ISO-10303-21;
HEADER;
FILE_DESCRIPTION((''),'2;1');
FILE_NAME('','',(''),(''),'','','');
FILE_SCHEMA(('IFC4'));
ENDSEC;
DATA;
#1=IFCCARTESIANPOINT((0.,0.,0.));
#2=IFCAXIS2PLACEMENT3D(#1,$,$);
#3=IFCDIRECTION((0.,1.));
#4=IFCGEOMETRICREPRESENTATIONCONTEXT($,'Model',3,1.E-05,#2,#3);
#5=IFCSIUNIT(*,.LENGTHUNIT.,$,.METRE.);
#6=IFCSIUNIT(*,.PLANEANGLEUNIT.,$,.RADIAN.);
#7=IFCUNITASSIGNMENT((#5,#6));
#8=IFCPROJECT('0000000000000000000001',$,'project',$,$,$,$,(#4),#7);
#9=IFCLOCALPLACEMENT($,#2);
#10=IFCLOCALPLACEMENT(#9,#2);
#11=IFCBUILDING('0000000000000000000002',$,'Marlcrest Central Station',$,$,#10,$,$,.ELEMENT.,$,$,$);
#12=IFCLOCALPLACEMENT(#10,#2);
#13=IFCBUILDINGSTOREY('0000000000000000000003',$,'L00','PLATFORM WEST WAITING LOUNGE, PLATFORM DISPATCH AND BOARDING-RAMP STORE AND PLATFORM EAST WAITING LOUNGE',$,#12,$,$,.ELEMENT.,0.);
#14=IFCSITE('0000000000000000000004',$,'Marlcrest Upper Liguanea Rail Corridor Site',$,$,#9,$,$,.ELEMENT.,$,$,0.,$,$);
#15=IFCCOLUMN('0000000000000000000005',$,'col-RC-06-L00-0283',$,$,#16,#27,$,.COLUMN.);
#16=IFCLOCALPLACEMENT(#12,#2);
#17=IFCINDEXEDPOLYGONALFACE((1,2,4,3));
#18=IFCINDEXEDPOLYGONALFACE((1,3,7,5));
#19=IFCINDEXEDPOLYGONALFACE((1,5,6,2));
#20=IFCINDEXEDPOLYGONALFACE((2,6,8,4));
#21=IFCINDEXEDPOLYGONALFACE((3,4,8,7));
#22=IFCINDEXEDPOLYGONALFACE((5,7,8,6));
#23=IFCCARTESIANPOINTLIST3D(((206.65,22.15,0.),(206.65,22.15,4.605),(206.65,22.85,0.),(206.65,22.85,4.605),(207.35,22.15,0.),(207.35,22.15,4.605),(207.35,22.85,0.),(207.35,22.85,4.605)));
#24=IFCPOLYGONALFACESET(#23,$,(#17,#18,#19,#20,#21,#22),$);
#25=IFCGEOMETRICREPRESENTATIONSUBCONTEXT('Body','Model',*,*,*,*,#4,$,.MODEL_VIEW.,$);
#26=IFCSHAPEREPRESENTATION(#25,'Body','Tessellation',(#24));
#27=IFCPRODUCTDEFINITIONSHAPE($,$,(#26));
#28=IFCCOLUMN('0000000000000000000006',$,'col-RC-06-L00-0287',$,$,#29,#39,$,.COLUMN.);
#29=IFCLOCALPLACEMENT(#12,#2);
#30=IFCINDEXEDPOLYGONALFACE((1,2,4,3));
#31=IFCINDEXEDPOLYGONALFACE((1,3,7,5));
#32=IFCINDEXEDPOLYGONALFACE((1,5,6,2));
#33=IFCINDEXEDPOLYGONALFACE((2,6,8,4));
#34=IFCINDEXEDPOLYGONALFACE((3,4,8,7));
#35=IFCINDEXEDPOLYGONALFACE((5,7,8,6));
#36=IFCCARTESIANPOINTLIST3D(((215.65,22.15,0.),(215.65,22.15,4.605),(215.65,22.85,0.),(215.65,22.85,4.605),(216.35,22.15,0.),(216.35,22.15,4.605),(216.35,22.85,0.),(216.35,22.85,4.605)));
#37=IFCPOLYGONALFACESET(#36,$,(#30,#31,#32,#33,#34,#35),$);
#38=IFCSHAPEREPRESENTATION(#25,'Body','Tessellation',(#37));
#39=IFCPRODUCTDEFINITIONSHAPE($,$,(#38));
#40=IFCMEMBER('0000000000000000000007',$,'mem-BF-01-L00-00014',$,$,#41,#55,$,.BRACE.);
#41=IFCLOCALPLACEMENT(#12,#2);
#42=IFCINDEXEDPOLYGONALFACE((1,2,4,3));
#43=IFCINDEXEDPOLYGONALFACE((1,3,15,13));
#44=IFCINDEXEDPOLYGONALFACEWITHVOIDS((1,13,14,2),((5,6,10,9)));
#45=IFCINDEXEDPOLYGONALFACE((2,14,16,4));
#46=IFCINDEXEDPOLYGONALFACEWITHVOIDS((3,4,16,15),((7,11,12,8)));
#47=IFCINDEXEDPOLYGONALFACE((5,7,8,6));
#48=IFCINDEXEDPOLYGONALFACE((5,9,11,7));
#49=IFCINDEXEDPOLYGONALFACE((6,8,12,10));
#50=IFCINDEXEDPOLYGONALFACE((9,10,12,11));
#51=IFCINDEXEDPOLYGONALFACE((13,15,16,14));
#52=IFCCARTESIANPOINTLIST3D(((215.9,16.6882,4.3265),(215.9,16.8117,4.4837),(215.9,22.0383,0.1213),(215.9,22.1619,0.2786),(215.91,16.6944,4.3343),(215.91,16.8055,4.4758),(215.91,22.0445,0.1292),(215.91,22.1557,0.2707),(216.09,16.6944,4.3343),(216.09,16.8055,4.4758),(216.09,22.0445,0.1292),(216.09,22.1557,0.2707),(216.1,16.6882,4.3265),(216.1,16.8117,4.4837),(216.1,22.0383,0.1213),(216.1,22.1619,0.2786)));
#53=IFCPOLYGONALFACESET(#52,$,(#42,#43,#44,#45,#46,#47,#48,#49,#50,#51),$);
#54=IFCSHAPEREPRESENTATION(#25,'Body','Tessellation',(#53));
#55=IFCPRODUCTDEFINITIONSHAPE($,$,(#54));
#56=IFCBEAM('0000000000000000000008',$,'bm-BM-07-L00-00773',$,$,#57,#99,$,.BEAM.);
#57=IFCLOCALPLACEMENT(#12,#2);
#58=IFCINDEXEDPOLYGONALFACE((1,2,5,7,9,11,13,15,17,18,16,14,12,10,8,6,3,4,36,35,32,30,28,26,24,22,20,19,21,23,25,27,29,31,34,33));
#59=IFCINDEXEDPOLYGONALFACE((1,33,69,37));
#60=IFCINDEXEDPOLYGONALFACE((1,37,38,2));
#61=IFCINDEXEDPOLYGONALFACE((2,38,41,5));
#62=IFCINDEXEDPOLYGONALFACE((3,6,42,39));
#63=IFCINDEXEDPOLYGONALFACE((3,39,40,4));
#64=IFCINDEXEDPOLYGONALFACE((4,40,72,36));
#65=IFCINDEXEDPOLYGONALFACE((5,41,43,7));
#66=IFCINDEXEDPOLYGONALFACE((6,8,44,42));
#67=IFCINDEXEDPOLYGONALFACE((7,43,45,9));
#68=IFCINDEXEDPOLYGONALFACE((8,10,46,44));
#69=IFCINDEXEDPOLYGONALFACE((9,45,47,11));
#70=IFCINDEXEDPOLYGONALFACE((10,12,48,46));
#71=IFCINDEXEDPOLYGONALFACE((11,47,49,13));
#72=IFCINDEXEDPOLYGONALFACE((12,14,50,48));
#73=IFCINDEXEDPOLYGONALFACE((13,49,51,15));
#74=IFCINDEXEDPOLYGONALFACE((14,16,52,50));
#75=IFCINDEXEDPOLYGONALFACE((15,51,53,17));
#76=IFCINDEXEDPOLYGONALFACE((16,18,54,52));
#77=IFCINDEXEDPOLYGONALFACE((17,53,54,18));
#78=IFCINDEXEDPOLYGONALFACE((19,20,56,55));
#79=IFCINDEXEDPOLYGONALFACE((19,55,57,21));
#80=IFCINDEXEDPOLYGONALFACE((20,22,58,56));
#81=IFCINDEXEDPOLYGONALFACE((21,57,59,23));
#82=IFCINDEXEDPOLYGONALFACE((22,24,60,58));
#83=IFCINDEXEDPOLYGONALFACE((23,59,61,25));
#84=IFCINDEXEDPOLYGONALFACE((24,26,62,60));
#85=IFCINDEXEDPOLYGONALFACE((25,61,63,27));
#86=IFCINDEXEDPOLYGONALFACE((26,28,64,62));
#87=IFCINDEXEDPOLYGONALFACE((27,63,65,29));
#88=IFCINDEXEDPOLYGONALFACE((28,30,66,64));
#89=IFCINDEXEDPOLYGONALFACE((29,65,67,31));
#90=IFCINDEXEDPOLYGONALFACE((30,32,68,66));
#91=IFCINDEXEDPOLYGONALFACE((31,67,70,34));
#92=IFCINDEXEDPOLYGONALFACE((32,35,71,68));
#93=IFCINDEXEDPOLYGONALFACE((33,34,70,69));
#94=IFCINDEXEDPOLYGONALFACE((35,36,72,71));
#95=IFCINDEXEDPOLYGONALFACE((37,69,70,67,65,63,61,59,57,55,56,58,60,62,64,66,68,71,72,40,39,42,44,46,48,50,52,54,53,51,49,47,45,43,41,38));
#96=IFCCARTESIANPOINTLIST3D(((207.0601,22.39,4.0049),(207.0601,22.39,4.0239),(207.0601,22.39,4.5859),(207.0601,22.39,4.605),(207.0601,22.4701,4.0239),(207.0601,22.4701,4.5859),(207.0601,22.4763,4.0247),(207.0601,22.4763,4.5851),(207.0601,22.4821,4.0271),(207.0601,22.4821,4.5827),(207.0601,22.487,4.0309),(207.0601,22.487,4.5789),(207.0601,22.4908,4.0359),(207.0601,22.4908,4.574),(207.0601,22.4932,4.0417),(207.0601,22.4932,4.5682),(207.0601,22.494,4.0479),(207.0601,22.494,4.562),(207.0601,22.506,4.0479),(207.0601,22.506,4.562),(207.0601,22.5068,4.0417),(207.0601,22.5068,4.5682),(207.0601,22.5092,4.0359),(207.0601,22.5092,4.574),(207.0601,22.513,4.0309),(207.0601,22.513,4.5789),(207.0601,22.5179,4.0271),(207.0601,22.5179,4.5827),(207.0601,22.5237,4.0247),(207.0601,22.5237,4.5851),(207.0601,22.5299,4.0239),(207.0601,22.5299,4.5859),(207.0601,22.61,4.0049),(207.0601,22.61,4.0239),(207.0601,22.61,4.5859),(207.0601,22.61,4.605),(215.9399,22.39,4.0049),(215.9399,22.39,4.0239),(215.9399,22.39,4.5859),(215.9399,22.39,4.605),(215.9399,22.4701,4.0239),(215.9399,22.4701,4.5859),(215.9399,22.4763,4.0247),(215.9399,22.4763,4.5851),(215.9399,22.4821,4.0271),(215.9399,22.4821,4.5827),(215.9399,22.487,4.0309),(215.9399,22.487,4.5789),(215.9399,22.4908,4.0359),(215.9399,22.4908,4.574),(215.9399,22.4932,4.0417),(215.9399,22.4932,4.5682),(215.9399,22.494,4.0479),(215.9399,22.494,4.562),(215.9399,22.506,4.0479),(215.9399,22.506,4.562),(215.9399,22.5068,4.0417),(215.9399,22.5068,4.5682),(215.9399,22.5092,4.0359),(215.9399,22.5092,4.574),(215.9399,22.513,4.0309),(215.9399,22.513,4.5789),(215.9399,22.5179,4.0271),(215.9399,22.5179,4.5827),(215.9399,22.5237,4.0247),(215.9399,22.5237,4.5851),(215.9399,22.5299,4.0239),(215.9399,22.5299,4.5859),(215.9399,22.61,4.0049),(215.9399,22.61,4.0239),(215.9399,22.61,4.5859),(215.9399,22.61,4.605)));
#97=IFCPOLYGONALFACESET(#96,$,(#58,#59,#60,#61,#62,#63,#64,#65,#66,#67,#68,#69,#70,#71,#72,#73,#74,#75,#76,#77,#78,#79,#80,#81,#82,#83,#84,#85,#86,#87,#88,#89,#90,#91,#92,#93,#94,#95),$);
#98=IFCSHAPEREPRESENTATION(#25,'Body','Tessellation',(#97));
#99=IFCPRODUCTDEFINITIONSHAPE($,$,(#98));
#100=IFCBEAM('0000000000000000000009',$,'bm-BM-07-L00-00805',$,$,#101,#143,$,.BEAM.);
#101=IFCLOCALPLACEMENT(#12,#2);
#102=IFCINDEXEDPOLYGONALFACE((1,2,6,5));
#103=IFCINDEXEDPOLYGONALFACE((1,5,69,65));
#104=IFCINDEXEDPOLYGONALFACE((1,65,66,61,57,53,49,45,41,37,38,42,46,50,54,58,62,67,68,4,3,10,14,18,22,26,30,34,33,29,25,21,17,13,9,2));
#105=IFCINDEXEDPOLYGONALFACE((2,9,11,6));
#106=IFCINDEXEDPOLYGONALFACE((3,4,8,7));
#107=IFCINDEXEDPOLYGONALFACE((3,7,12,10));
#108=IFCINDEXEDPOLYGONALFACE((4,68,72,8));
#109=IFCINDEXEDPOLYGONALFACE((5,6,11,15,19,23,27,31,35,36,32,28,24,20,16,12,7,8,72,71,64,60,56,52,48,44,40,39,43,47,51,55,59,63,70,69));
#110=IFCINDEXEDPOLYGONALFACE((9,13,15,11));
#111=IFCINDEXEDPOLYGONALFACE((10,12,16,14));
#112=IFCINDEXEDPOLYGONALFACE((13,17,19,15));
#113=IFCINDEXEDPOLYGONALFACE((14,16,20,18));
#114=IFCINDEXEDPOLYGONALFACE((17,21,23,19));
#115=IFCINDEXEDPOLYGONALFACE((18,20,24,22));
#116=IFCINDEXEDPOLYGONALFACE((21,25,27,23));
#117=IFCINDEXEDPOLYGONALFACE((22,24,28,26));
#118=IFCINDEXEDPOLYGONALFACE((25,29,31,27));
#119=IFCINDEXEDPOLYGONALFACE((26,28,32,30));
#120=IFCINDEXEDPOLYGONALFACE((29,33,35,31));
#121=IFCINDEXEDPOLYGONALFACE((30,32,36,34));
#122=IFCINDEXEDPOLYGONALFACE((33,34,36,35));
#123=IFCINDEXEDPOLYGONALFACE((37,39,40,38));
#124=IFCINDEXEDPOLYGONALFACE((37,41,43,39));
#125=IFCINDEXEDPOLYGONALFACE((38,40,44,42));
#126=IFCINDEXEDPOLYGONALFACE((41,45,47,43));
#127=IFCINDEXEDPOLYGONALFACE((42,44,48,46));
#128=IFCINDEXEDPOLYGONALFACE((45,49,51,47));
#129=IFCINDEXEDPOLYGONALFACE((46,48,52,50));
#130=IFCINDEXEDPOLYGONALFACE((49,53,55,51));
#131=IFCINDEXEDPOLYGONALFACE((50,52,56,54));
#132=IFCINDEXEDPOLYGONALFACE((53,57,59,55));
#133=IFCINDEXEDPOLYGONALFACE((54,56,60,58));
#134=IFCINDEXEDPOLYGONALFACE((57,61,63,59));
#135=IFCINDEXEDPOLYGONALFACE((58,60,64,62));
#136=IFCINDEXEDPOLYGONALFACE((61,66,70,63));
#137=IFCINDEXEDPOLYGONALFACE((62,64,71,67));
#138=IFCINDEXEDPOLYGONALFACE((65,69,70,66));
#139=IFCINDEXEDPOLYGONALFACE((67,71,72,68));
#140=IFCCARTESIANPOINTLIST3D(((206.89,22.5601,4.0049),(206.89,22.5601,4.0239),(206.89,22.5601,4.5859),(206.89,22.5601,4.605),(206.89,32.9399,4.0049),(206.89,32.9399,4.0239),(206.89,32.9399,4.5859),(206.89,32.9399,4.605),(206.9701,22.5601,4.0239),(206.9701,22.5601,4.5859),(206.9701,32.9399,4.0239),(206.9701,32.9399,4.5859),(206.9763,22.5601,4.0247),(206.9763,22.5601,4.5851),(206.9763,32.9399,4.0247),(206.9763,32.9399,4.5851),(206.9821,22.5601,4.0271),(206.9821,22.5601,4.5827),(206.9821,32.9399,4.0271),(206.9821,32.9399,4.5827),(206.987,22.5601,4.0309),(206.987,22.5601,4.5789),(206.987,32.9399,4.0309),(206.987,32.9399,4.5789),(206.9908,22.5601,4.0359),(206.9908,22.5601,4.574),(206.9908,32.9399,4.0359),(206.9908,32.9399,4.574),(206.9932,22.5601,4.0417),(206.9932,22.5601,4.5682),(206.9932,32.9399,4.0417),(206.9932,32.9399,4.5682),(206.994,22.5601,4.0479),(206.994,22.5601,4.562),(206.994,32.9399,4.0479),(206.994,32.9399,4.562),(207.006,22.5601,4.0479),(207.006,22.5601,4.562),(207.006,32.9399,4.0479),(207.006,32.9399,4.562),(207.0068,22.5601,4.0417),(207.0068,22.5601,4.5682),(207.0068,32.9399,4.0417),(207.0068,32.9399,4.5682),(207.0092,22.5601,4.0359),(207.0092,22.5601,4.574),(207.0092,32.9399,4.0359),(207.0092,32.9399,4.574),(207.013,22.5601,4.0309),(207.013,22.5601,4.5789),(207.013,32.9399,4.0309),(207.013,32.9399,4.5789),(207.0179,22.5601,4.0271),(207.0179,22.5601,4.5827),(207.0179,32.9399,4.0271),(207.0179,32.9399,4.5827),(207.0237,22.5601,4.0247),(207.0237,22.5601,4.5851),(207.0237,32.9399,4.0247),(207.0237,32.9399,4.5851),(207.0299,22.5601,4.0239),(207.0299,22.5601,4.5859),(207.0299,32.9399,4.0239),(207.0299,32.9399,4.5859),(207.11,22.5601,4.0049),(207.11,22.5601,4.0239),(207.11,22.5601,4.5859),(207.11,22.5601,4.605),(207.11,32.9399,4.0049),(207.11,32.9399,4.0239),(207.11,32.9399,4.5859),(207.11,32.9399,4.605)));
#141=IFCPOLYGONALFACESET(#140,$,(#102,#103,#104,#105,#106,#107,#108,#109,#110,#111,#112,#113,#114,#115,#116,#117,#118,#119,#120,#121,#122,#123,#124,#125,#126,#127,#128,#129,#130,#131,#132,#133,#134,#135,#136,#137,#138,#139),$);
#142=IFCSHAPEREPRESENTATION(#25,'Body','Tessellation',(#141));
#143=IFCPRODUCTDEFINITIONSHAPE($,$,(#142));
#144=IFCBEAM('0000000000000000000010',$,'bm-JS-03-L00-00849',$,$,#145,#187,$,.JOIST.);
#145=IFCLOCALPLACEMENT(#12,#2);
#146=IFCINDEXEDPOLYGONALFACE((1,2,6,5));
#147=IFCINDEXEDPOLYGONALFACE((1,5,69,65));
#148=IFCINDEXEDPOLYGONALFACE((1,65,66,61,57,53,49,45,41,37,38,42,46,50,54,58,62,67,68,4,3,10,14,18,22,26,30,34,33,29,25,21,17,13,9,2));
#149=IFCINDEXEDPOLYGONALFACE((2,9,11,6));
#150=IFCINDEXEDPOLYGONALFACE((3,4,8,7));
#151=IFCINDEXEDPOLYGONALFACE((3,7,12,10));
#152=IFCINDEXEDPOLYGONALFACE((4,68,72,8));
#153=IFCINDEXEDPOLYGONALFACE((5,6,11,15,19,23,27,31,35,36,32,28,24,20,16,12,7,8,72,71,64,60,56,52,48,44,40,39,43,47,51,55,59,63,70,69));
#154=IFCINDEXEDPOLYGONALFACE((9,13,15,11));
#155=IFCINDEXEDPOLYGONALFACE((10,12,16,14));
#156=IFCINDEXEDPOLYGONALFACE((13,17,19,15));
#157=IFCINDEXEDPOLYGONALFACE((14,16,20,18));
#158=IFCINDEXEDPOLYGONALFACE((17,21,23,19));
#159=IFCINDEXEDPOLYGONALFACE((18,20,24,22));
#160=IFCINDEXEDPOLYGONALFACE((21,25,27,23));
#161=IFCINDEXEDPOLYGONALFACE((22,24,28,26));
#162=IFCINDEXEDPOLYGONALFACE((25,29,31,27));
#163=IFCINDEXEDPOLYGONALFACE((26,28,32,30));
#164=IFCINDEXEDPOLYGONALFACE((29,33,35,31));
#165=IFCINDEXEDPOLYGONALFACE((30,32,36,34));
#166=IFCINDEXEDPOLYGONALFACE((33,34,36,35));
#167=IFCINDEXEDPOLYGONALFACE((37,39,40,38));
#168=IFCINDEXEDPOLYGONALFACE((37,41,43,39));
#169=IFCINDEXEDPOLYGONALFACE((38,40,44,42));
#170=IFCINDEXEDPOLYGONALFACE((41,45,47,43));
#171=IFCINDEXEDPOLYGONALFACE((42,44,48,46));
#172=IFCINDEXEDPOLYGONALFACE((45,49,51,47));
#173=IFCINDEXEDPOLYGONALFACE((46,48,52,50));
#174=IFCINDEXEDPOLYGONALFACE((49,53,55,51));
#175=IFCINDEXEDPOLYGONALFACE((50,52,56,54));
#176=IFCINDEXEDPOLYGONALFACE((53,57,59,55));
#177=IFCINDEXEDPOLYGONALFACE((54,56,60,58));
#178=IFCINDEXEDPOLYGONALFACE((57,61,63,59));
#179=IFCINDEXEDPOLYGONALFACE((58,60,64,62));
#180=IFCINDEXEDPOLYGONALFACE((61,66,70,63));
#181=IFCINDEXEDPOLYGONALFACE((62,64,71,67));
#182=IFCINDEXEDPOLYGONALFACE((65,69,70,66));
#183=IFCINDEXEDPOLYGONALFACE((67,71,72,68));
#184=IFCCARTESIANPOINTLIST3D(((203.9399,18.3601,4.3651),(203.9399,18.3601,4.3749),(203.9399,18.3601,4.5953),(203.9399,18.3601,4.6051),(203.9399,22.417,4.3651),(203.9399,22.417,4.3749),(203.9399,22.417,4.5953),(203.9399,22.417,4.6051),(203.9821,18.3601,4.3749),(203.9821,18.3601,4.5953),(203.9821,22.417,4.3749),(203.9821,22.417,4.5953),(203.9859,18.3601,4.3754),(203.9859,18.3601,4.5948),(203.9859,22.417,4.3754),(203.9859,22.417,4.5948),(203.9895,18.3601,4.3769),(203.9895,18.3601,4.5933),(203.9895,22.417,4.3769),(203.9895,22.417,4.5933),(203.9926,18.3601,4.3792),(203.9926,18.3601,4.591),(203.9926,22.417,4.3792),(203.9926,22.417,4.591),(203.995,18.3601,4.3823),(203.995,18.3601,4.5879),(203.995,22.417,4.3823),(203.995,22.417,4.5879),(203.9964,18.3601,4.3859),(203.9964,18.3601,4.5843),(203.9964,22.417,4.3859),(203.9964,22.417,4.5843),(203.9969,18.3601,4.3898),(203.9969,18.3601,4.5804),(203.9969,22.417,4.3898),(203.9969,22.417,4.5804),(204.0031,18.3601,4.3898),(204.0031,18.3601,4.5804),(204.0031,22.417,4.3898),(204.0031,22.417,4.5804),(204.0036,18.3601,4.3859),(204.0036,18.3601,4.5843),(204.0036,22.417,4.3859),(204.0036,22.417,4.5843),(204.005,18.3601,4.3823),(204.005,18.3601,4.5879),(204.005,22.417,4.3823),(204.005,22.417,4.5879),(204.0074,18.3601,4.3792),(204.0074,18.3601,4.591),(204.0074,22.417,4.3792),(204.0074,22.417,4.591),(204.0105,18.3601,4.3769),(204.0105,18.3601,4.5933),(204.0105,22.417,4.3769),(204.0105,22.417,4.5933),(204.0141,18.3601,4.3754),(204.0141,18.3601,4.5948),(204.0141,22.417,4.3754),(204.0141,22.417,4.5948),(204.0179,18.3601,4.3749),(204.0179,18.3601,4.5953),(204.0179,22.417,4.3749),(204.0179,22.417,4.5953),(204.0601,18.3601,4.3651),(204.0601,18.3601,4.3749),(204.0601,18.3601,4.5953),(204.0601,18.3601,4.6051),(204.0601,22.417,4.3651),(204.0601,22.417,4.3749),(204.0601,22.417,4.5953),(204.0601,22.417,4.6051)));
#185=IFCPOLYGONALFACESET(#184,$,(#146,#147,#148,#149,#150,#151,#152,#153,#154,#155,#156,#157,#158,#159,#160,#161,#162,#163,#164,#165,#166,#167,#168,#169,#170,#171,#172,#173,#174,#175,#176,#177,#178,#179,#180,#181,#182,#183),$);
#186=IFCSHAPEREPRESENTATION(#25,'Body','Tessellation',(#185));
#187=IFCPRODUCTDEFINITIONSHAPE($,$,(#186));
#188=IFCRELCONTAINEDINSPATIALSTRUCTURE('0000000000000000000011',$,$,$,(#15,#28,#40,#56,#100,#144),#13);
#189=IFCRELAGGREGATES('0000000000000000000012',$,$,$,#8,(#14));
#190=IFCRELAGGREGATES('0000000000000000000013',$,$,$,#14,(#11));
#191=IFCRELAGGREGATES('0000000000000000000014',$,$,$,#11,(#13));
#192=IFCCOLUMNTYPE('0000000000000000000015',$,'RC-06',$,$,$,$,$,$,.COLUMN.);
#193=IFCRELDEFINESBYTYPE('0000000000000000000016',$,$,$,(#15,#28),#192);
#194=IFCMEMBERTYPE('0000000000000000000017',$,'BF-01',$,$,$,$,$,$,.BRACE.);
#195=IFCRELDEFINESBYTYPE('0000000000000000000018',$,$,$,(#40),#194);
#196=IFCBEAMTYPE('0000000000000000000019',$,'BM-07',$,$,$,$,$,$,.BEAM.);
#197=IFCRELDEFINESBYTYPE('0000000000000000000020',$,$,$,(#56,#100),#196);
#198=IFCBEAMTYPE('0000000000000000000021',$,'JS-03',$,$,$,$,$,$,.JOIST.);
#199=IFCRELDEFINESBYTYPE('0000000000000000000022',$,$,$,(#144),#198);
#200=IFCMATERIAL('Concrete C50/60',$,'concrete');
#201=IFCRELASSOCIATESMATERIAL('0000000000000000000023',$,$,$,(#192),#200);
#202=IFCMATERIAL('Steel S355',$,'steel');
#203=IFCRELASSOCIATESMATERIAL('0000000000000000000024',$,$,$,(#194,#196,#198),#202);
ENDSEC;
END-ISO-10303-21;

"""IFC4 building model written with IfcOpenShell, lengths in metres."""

from ifc_helpers import new_model, si_unit, direction, frame, origin, origin_2d, place, context, subcontext, project, spatial, rectangle, hollow_rectangle, i_section, extrude, material, material_profile, profile_set, type_object, element, save


model = new_model("IFC4")

# Units and contexts
model_context = context("Model", 3, precision=1e-05, world=origin(), true_north=direction((0.0, 1.0)))
body_context = subcontext(model_context, "Body", "Model", "MODEL_VIEW")
ifc_project = project(units=[si_unit("LENGTHUNIT", "METRE"), si_unit("PLANEANGLEUNIT", "RADIAN")], contexts=[model_context])

# Site, building, storey
site_placement = place(None, origin())
site = spatial("IfcSite", under=ifc_project, at=site_placement, Name="Marlcrest Upper Liguanea Rail Corridor Site", CompositionType="ELEMENT", RefElevation=0.0)
building_placement = place(site_placement, origin())
building = spatial("IfcBuilding", under=site, at=building_placement, Name="Marlcrest Central Station", CompositionType="ELEMENT")
storey_placement = place(building_placement, origin())
storey = spatial("IfcBuildingStorey", under=building, at=storey_placement, Name="L00", Description="PLATFORM WEST WAITING LOUNGE, PLATFORM DISPATCH AND BOARDING-RAMP STORE AND PLATFORM EAST WAITING LOUNGE", CompositionType="ELEMENT", Elevation=0.0)

# Columns
ifc_material_1 = material(Name="Concrete C50/60", Category="concrete")
ifc_material_profile_1 = material_profile(ifc_material_1, rectangle(XDim=0.7, YDim=0.7, at=origin_2d()), Name="RC 700x700")
ifc_profile_set_1 = profile_set([ifc_material_profile_1], Name="Concrete C50/60")
column_type = type_object("IfcColumnType", Name="RC-06", PredefinedType="COLUMN", material=ifc_profile_set_1)
for number, where, z_axis, x_axis, name in (
    (1, (207.0, 22.5, 0.0), (0.0, 0.0, 1.0), (1.0, 0.0, 0.0), "col-RC-06-L00-0283"),
    (2, (216.0, 22.5, 0.0), (0.0, 0.0, 1.0), (1.0, 0.0, 0.0), "col-RC-06-L00-0287"),
):
    element("IfcColumn", number, at=place(storey_placement, frame(where, z_axis=z_axis, x_axis=x_axis)), inside=storey, type_object=column_type, Name=name, PredefinedType="COLUMN", context=body_context, shape_type="SweptSolid", body=[
        extrude(rectangle(XDim=0.7, YDim=0.7, at=origin_2d()), origin(), (0.0, 0.0, 1.0), 4.605),
    ])

# Member
ifc_material_2 = material(Name="Steel S355", Category="steel")
ifc_material_profile_2 = material_profile(ifc_material_2, hollow_rectangle(XDim=0.2, YDim=0.2, WallThickness=0.01, at=origin_2d()), Name="SHS 200x200x10")
ifc_profile_set_2 = profile_set([ifc_material_profile_2], Name="Steel S355")
member_type = type_object("IfcMemberType", Name="BF-01", PredefinedType="BRACE", material=ifc_profile_set_2)
member_placement = place(storey_placement, frame((216.0, 22.1001, 0.2), z_axis=(0.0, -0.786216, 0.617951), x_axis=(1.0, 0.0, 0.0)))
element("IfcMember", 3, at=member_placement, inside=storey, type_object=member_type, Name="mem-BF-01-L00-00014", PredefinedType="BRACE", context=body_context, shape_type="SweptSolid", body=[
    extrude(hollow_rectangle(XDim=0.2, YDim=0.2, WallThickness=0.01, at=origin_2d()), origin(), (0.0, 0.0, 1.0), 6.8049),
])

# Beams
ifc_material_profile_3 = material_profile(ifc_material_2, i_section(OverallWidth=0.22, OverallDepth=0.6001, WebThickness=0.012, FlangeThickness=0.019, FilletRadius=0.0239, at=origin_2d()), Name="IPE 600")
ifc_profile_set_3 = profile_set([ifc_material_profile_3], Name="Steel S355")
beam_type_1 = type_object("IfcBeamType", Name="BM-07", PredefinedType="BEAM", material=ifc_profile_set_3)
beam_1_placement = place(storey_placement, frame((207.0601, 22.5, 4.3049), z_axis=(1.0, 0.0, 0.0), x_axis=(0.0, 1.0, 0.0)))
element("IfcBeam", 4, at=beam_1_placement, inside=storey, type_object=beam_type_1, Name="bm-BM-07-L00-00773", PredefinedType="BEAM", context=body_context, shape_type="SweptSolid", body=[
    extrude(i_section(OverallWidth=0.22, OverallDepth=0.6001, WebThickness=0.012, FlangeThickness=0.019, FilletRadius=0.0239, at=origin_2d()), origin(), (0.0, 0.0, 1.0), 8.8799),
])
beam_2_placement = place(storey_placement, frame((207.0, 22.5601, 4.3049), z_axis=(0.0, 1.0, 0.0), x_axis=(-1.0, 0.0, 0.0)))
element("IfcBeam", 5, at=beam_2_placement, inside=storey, type_object=beam_type_1, Name="bm-BM-07-L00-00805", PredefinedType="BEAM", context=body_context, shape_type="SweptSolid", body=[
    extrude(i_section(OverallWidth=0.22, OverallDepth=0.6001, WebThickness=0.012, FlangeThickness=0.019, FilletRadius=0.0239, at=origin_2d()), origin(), (0.0, 0.0, 1.0), 10.3799),
])
ifc_material_profile_4 = material_profile(ifc_material_2, i_section(OverallWidth=0.1201, OverallDepth=0.24, WebThickness=0.0061, FlangeThickness=0.0098, FilletRadius=0.0149, at=origin_2d()), Name="IPE 240")
ifc_profile_set_4 = profile_set([ifc_material_profile_4], Name="Steel S355")
beam_type_2 = type_object("IfcBeamType", Name="JS-03", PredefinedType="JOIST", material=ifc_profile_set_4)
beam_3_placement = place(storey_placement, frame((204.0, 18.3601, 4.4851), z_axis=(0.0, 1.0, 0.0), x_axis=(-1.0, 0.0, 0.0)))
element("IfcBeam", 6, at=beam_3_placement, inside=storey, type_object=beam_type_2, Name="bm-JS-03-L00-00849", PredefinedType="JOIST", context=body_context, shape_type="SweptSolid", body=[
    extrude(i_section(OverallWidth=0.1201, OverallDepth=0.24, WebThickness=0.0061, FlangeThickness=0.0098, FilletRadius=0.0149, at=origin_2d()), origin(), (0.0, 0.0, 1.0), 4.0569),
])

save(model, "model.ifc")
